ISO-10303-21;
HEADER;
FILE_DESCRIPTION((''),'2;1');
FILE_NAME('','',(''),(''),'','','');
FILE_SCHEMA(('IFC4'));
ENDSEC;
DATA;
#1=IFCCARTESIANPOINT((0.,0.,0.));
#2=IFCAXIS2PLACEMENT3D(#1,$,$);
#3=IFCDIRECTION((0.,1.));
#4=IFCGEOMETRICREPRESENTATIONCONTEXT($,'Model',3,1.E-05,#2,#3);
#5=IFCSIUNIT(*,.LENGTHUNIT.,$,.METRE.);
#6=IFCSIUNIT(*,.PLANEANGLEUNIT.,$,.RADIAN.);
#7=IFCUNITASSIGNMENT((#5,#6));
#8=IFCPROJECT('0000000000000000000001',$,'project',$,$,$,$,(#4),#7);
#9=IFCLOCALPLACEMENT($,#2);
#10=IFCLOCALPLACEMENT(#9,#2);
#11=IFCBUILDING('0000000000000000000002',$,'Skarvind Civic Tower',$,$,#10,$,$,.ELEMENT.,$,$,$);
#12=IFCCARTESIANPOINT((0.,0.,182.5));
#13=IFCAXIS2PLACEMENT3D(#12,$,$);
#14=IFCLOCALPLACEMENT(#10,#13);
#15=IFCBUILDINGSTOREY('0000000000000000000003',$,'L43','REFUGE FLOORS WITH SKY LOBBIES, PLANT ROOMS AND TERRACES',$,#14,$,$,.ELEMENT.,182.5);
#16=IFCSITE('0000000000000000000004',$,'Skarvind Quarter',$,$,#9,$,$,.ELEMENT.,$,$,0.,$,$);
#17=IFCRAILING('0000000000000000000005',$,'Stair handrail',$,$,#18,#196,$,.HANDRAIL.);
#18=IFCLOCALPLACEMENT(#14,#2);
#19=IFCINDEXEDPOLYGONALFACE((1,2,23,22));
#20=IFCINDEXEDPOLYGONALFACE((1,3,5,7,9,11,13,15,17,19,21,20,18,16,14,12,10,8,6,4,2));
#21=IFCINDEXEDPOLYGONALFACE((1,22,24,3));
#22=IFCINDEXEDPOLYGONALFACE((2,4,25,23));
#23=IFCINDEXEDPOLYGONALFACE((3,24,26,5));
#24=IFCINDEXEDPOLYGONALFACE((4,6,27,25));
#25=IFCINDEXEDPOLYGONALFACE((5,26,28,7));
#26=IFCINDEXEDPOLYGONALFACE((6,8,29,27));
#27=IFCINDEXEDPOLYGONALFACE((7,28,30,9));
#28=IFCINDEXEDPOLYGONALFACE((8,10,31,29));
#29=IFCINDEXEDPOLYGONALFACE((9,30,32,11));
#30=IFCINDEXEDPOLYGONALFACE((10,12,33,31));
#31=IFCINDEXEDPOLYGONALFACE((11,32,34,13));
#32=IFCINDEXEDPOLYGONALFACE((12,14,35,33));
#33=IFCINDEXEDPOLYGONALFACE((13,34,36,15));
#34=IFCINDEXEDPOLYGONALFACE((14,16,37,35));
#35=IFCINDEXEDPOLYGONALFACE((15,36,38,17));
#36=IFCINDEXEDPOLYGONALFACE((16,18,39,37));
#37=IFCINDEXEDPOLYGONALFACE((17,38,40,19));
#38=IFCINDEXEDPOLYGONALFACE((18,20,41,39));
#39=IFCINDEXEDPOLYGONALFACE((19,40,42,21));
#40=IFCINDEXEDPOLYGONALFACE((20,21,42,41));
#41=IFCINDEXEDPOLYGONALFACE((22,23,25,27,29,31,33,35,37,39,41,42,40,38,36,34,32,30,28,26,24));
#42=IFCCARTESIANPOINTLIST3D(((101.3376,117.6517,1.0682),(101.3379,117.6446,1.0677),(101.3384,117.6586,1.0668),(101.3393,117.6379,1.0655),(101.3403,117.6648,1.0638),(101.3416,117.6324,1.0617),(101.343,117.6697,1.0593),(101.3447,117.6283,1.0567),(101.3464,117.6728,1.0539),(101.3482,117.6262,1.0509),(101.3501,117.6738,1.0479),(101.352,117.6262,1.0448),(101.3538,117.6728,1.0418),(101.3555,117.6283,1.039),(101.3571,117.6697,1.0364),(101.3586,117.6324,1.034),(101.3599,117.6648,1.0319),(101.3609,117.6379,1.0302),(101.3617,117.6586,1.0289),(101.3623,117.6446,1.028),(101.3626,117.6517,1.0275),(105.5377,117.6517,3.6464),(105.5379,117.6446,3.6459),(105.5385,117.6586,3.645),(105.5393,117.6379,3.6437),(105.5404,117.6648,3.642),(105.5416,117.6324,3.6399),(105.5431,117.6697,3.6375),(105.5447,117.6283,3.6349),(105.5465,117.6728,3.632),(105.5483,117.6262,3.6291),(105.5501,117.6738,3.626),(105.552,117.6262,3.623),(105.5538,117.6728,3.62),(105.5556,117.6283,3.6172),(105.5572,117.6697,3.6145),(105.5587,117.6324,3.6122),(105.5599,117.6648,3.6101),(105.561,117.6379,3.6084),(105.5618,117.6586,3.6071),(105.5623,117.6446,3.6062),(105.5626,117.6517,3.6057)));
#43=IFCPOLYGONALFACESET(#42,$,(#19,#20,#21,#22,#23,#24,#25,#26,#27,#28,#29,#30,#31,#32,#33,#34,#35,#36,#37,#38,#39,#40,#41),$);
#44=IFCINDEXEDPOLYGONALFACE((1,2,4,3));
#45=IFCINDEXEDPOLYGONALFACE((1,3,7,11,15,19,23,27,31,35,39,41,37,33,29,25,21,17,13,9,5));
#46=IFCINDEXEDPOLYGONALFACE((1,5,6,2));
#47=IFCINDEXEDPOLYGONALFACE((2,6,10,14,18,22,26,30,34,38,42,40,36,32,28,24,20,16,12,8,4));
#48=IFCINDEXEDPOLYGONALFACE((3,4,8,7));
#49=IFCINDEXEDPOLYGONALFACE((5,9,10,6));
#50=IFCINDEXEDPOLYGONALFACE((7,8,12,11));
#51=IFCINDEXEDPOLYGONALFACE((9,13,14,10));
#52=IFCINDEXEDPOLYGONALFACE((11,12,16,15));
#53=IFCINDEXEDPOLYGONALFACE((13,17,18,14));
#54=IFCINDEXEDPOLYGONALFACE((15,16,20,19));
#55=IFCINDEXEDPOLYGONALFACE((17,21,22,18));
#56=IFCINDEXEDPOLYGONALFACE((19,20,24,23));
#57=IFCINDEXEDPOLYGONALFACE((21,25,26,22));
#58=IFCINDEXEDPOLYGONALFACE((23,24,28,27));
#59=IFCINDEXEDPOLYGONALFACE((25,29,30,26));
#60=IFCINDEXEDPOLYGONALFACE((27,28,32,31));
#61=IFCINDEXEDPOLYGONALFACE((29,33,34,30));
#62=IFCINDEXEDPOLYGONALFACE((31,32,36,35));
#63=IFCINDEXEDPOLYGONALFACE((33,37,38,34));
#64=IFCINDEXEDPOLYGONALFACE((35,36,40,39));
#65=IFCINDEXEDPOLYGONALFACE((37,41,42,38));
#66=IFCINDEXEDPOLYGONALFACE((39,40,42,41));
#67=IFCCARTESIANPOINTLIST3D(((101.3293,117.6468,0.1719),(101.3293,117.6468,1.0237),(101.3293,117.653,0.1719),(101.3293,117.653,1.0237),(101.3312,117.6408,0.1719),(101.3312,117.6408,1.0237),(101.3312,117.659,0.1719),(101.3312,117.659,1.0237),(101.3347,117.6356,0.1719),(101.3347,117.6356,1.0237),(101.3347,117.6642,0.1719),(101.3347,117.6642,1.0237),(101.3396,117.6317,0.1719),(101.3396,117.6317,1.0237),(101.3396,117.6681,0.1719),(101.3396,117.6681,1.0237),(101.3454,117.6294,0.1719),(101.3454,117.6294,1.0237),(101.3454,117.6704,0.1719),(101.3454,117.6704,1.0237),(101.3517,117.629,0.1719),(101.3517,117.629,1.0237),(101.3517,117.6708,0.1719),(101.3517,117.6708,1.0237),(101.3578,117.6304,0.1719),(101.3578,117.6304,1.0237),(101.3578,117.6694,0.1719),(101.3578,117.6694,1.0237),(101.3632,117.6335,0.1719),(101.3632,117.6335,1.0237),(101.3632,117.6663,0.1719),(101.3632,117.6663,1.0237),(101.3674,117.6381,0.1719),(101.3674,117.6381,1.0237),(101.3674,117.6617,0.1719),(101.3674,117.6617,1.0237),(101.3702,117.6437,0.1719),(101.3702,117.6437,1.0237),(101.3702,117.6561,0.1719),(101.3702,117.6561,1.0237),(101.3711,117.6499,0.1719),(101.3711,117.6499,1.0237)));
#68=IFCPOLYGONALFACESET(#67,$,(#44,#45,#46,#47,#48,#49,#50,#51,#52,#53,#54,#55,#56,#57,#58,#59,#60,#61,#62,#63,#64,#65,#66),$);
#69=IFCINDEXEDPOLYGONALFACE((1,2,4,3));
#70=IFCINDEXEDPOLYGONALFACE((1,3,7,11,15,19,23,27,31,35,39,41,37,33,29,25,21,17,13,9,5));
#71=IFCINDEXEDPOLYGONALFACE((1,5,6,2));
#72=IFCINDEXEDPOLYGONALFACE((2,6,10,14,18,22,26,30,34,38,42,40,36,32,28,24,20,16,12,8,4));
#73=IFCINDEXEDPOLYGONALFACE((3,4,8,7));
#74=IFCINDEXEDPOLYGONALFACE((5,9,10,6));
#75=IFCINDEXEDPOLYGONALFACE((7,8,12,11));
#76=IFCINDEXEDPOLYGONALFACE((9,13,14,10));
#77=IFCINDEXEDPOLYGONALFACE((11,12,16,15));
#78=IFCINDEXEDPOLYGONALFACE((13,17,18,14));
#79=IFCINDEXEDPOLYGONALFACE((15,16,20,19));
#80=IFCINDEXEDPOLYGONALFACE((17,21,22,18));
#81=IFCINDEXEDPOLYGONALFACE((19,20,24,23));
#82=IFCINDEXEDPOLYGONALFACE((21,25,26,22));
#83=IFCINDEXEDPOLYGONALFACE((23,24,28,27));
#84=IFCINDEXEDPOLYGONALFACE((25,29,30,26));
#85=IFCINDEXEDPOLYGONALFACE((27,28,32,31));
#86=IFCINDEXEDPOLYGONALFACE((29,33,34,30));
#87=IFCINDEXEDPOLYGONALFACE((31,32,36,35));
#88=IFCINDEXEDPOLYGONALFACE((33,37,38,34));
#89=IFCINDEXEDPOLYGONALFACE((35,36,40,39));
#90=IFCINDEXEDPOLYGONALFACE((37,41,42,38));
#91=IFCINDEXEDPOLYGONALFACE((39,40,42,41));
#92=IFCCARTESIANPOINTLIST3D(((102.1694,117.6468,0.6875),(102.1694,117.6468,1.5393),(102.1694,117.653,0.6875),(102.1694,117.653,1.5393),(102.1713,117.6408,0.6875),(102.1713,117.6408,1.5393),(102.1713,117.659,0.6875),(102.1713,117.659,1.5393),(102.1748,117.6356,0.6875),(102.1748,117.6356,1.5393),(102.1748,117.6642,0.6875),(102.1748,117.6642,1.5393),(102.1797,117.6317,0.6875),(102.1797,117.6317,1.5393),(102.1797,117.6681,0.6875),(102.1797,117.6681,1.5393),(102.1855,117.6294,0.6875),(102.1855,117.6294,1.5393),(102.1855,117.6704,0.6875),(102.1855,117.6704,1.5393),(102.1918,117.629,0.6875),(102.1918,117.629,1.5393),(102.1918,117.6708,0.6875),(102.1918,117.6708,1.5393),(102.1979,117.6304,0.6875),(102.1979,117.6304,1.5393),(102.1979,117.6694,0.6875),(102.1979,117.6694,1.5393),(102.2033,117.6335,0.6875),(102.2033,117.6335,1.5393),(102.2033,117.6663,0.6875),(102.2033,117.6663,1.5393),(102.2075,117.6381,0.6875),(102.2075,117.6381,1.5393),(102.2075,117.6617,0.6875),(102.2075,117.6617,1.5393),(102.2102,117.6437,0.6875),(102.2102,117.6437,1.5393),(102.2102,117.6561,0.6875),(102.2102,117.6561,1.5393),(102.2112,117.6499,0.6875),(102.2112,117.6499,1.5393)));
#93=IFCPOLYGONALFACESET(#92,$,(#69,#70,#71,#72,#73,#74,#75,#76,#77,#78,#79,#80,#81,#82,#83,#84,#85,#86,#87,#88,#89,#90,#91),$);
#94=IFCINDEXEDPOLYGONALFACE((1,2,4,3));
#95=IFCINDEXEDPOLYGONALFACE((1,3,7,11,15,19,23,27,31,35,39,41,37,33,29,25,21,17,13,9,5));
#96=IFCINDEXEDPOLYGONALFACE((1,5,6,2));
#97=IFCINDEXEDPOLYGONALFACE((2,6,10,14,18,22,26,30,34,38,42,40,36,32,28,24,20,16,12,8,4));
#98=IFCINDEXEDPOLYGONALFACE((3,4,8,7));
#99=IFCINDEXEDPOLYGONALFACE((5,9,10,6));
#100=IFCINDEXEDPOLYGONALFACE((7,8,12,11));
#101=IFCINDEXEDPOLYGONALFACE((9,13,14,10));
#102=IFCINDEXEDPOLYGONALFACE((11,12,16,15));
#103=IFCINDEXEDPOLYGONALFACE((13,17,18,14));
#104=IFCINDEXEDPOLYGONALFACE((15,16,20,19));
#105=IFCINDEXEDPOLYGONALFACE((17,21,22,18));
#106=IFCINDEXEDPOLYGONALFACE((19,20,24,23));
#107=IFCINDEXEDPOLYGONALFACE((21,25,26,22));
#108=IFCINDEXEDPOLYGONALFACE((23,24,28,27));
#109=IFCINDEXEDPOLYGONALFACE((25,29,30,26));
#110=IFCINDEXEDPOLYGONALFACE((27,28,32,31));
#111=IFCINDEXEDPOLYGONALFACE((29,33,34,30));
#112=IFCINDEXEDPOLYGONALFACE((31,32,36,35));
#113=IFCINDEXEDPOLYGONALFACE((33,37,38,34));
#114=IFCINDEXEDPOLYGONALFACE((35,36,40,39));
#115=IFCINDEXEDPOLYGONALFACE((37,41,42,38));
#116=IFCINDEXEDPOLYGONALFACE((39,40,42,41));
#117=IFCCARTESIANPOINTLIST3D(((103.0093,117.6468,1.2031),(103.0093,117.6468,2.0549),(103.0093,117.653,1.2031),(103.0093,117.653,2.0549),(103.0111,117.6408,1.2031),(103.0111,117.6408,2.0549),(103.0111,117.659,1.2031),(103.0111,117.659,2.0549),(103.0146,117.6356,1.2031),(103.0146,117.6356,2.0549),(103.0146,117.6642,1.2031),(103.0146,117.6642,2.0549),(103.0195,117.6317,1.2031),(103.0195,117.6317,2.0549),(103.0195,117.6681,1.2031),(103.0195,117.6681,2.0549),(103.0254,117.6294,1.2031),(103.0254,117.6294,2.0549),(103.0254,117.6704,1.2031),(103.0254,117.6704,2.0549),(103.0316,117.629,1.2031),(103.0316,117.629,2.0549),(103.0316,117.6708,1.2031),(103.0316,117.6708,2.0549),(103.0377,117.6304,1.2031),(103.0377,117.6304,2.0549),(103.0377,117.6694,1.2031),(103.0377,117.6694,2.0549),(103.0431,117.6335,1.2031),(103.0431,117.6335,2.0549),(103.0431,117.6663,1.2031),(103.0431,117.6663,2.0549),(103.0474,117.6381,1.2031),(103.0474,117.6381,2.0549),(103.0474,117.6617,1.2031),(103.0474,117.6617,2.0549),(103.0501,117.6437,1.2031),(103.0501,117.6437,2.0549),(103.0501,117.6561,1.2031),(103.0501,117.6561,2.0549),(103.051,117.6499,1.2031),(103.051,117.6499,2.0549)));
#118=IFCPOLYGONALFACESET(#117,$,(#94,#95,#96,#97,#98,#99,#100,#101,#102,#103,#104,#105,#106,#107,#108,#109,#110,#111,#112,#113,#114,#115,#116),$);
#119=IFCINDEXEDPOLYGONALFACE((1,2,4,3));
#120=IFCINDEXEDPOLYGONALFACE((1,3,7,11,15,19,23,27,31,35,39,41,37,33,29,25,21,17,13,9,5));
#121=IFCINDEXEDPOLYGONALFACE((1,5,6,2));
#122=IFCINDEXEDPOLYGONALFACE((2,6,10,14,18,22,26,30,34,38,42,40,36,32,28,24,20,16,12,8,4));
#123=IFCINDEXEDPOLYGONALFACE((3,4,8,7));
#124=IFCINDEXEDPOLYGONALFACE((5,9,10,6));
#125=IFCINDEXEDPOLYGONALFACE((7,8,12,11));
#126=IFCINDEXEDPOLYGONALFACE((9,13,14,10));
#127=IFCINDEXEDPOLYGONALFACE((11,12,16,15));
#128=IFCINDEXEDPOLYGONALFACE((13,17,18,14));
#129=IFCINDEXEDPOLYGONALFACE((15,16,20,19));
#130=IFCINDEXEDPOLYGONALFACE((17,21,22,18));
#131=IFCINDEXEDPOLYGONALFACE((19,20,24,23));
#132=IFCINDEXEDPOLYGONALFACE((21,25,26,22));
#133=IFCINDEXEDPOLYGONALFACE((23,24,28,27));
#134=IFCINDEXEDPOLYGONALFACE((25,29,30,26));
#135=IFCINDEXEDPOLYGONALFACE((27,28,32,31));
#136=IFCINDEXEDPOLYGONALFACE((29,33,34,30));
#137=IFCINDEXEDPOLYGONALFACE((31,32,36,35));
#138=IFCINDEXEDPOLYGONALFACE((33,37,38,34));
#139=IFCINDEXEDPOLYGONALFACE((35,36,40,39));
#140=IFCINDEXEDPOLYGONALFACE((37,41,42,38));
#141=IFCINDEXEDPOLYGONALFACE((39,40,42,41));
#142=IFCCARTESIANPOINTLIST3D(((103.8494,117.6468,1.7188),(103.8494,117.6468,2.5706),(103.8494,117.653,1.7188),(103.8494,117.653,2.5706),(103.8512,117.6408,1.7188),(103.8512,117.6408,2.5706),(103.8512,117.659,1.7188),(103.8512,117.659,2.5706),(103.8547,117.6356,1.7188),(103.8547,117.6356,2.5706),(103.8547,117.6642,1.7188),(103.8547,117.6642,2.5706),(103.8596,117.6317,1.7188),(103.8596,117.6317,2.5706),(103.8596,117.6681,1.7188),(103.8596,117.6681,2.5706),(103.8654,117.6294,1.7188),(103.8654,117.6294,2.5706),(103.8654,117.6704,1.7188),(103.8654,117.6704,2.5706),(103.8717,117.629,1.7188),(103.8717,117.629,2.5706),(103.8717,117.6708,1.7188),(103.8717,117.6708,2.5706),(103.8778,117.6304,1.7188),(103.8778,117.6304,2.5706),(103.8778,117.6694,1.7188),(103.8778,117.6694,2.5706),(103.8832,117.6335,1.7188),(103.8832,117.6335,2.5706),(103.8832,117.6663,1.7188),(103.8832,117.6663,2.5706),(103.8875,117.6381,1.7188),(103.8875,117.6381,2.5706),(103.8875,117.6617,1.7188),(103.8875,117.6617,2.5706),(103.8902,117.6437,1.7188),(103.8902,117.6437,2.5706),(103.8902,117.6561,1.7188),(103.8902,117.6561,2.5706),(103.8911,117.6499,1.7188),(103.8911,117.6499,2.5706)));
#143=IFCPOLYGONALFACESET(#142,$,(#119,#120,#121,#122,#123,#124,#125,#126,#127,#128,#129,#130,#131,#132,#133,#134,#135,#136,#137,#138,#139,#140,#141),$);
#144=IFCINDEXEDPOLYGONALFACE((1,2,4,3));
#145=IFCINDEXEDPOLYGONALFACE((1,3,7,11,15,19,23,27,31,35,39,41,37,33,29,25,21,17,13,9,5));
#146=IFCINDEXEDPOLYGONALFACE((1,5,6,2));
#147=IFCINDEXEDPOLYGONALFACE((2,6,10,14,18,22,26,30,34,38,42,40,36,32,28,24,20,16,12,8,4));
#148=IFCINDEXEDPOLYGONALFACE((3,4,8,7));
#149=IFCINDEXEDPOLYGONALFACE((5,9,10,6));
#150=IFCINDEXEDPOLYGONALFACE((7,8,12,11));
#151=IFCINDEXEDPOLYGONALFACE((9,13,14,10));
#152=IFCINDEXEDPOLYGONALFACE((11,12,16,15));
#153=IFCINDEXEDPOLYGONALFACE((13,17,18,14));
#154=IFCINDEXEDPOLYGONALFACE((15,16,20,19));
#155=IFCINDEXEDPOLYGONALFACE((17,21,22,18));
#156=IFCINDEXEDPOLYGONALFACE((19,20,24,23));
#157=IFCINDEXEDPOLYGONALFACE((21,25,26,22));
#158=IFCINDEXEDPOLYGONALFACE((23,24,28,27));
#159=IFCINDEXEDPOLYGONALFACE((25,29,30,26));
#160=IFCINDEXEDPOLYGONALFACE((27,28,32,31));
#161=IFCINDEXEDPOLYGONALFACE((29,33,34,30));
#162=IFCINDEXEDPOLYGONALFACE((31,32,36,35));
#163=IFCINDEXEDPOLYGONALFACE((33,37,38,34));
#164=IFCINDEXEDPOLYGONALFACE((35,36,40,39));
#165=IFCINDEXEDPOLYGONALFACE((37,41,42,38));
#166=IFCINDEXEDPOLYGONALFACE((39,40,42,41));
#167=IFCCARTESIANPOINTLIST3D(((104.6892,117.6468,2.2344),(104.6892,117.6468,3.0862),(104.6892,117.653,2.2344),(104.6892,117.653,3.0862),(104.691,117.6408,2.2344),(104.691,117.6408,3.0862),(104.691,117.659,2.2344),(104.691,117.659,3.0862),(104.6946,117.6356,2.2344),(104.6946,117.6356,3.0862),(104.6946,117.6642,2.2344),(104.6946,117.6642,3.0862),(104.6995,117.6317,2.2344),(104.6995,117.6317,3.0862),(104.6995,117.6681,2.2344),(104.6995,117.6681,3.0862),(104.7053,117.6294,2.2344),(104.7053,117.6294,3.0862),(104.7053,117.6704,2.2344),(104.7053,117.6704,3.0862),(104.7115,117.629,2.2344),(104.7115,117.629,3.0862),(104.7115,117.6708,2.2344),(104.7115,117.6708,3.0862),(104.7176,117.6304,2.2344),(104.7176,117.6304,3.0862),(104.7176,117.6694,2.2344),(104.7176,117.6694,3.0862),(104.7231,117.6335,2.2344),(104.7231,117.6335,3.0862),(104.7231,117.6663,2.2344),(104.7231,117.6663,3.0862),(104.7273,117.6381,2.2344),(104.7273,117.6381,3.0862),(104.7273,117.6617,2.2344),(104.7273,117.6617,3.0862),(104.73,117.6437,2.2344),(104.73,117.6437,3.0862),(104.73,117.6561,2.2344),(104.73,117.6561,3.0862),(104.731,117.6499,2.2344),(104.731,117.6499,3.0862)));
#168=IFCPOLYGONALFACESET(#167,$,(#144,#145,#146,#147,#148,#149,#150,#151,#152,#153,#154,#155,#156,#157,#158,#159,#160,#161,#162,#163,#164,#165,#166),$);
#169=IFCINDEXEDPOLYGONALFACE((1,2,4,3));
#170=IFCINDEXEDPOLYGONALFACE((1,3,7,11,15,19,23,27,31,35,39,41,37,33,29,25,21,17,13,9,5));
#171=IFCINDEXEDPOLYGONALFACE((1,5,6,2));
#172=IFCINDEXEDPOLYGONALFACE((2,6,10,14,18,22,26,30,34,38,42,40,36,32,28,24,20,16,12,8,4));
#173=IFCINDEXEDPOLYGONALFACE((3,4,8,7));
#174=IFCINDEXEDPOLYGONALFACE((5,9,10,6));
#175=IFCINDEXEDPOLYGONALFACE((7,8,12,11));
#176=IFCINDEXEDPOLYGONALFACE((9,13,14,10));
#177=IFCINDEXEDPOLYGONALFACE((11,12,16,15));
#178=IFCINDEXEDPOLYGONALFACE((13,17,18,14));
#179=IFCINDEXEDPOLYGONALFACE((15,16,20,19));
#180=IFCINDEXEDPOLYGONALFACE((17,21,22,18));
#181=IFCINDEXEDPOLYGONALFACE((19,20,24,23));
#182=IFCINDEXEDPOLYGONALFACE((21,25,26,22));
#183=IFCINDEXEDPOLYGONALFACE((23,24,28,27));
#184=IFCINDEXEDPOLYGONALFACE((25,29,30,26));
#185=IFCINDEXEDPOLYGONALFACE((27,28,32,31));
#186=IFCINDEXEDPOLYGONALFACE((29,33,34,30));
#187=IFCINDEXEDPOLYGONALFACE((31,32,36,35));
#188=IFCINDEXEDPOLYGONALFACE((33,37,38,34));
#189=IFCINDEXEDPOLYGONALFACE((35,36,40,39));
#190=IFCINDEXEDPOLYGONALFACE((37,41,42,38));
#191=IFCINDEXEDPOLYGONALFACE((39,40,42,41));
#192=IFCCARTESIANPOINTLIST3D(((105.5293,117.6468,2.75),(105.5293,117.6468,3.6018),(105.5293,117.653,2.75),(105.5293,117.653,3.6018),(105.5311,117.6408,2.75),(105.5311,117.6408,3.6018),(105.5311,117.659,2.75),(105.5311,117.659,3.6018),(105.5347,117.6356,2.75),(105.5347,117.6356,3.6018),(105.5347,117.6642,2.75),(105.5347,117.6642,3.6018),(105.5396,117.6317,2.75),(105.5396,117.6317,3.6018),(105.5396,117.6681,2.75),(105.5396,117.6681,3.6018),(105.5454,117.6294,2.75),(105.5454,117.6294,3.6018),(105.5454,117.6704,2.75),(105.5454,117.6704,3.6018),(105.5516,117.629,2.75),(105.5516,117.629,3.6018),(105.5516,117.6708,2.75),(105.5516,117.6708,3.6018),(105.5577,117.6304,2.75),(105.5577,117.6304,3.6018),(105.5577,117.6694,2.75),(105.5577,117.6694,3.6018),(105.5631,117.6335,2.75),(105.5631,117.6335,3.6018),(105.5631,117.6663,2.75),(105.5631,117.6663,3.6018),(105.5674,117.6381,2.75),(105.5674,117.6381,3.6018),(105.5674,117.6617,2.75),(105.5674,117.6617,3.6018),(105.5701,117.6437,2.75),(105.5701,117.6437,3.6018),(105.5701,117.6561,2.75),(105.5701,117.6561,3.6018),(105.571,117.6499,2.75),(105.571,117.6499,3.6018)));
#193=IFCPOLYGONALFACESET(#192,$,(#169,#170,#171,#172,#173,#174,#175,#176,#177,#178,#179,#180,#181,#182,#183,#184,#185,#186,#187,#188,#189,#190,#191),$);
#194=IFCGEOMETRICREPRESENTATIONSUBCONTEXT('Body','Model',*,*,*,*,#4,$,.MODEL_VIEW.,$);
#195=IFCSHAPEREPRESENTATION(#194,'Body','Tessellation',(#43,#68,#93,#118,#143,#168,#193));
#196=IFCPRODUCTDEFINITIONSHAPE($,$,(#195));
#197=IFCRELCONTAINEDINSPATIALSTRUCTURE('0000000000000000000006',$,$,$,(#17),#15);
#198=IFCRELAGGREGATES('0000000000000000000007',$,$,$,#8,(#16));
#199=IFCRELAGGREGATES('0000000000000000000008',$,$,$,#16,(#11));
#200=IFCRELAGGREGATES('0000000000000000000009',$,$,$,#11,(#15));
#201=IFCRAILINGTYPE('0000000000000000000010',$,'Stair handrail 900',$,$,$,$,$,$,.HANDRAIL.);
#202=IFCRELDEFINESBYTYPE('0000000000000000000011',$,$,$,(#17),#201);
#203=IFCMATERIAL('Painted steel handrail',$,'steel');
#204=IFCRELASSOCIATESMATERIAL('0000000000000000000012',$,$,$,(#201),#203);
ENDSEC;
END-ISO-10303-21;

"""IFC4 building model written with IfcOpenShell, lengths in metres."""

from ifc_helpers import new_model, si_unit, direction, frame, origin, origin_2d, place, context, subcontext, project, spatial, circle, extrude, material, type_object, element, save


model = new_model("IFC4")

# Units and contexts
model_context = context("Model", 3, precision=1e-05, world=origin(), true_north=direction((0.0, 1.0)))
body_context = subcontext(model_context, "Body", "Model", "MODEL_VIEW")
ifc_project = project(units=[si_unit("LENGTHUNIT", "METRE"), si_unit("PLANEANGLEUNIT", "RADIAN")], contexts=[model_context])

# Site, building, storey
site_placement = place(None, origin())
site = spatial("IfcSite", under=ifc_project, at=site_placement, Name="Skarvind Quarter", CompositionType="ELEMENT", RefElevation=0.0)
building_placement = place(site_placement, origin())
building = spatial("IfcBuilding", under=site, at=building_placement, Name="Skarvind Civic Tower", CompositionType="ELEMENT")
storey_placement = place(building_placement, frame((0.0, 0.0, 182.5)))
storey = spatial("IfcBuildingStorey", under=building, at=storey_placement, Name="L43", Description="REFUGE FLOORS WITH SKY LOBBIES, PLANT ROOMS AND TERRACES", CompositionType="ELEMENT", Elevation=182.5)

# Railing
ifc_material_1 = material(Name="Painted steel handrail", Category="steel")
railing_type_1 = type_object("IfcRailingType", Name="Stair handrail 900", PredefinedType="HANDRAIL", material=ifc_material_1)
railing_1_placement = place(storey_placement, frame((101.3501, 117.6499, 0.1719)))
element("IfcRailing", 1, at=railing_1_placement, inside=storey, type_object=railing_type_1, Name="Stair handrail", PredefinedType="HANDRAIL", context=body_context, shape_type="SweptSolid", body=[
    extrude(circle(Radius=0.0239, at=origin_2d()), frame((0.0, 0.0, 0.876), z_axis=(0.852243, 0.0, 0.523146), x_axis=(0.0, 1.0, 0.0)), (0.0, 0.0, 1.0), 4.9282),
    extrude(circle(Radius=0.021, at=origin_2d()), origin(), (0.0, 0.0, 1.0), 0.8518),
    extrude(circle(Radius=0.021, at=origin_2d()), frame((0.8401, 0.0, 0.5156)), (0.0, 0.0, 1.0), 0.8518),
    extrude(circle(Radius=0.021, at=origin_2d()), frame((1.6799, 0.0, 1.0312)), (0.0, 0.0, 1.0), 0.8518),
    extrude(circle(Radius=0.021, at=origin_2d()), frame((2.52, 0.0, 1.5469)), (0.0, 0.0, 1.0), 0.8518),
    extrude(circle(Radius=0.021, at=origin_2d()), frame((3.3599, 0.0, 2.0625)), (0.0, 0.0, 1.0), 0.8518),
    extrude(circle(Radius=0.021, at=origin_2d()), frame((4.2, 0.0, 2.5781)), (0.0, 0.0, 1.0), 0.8518),
])

save(model, "model.ifc")
